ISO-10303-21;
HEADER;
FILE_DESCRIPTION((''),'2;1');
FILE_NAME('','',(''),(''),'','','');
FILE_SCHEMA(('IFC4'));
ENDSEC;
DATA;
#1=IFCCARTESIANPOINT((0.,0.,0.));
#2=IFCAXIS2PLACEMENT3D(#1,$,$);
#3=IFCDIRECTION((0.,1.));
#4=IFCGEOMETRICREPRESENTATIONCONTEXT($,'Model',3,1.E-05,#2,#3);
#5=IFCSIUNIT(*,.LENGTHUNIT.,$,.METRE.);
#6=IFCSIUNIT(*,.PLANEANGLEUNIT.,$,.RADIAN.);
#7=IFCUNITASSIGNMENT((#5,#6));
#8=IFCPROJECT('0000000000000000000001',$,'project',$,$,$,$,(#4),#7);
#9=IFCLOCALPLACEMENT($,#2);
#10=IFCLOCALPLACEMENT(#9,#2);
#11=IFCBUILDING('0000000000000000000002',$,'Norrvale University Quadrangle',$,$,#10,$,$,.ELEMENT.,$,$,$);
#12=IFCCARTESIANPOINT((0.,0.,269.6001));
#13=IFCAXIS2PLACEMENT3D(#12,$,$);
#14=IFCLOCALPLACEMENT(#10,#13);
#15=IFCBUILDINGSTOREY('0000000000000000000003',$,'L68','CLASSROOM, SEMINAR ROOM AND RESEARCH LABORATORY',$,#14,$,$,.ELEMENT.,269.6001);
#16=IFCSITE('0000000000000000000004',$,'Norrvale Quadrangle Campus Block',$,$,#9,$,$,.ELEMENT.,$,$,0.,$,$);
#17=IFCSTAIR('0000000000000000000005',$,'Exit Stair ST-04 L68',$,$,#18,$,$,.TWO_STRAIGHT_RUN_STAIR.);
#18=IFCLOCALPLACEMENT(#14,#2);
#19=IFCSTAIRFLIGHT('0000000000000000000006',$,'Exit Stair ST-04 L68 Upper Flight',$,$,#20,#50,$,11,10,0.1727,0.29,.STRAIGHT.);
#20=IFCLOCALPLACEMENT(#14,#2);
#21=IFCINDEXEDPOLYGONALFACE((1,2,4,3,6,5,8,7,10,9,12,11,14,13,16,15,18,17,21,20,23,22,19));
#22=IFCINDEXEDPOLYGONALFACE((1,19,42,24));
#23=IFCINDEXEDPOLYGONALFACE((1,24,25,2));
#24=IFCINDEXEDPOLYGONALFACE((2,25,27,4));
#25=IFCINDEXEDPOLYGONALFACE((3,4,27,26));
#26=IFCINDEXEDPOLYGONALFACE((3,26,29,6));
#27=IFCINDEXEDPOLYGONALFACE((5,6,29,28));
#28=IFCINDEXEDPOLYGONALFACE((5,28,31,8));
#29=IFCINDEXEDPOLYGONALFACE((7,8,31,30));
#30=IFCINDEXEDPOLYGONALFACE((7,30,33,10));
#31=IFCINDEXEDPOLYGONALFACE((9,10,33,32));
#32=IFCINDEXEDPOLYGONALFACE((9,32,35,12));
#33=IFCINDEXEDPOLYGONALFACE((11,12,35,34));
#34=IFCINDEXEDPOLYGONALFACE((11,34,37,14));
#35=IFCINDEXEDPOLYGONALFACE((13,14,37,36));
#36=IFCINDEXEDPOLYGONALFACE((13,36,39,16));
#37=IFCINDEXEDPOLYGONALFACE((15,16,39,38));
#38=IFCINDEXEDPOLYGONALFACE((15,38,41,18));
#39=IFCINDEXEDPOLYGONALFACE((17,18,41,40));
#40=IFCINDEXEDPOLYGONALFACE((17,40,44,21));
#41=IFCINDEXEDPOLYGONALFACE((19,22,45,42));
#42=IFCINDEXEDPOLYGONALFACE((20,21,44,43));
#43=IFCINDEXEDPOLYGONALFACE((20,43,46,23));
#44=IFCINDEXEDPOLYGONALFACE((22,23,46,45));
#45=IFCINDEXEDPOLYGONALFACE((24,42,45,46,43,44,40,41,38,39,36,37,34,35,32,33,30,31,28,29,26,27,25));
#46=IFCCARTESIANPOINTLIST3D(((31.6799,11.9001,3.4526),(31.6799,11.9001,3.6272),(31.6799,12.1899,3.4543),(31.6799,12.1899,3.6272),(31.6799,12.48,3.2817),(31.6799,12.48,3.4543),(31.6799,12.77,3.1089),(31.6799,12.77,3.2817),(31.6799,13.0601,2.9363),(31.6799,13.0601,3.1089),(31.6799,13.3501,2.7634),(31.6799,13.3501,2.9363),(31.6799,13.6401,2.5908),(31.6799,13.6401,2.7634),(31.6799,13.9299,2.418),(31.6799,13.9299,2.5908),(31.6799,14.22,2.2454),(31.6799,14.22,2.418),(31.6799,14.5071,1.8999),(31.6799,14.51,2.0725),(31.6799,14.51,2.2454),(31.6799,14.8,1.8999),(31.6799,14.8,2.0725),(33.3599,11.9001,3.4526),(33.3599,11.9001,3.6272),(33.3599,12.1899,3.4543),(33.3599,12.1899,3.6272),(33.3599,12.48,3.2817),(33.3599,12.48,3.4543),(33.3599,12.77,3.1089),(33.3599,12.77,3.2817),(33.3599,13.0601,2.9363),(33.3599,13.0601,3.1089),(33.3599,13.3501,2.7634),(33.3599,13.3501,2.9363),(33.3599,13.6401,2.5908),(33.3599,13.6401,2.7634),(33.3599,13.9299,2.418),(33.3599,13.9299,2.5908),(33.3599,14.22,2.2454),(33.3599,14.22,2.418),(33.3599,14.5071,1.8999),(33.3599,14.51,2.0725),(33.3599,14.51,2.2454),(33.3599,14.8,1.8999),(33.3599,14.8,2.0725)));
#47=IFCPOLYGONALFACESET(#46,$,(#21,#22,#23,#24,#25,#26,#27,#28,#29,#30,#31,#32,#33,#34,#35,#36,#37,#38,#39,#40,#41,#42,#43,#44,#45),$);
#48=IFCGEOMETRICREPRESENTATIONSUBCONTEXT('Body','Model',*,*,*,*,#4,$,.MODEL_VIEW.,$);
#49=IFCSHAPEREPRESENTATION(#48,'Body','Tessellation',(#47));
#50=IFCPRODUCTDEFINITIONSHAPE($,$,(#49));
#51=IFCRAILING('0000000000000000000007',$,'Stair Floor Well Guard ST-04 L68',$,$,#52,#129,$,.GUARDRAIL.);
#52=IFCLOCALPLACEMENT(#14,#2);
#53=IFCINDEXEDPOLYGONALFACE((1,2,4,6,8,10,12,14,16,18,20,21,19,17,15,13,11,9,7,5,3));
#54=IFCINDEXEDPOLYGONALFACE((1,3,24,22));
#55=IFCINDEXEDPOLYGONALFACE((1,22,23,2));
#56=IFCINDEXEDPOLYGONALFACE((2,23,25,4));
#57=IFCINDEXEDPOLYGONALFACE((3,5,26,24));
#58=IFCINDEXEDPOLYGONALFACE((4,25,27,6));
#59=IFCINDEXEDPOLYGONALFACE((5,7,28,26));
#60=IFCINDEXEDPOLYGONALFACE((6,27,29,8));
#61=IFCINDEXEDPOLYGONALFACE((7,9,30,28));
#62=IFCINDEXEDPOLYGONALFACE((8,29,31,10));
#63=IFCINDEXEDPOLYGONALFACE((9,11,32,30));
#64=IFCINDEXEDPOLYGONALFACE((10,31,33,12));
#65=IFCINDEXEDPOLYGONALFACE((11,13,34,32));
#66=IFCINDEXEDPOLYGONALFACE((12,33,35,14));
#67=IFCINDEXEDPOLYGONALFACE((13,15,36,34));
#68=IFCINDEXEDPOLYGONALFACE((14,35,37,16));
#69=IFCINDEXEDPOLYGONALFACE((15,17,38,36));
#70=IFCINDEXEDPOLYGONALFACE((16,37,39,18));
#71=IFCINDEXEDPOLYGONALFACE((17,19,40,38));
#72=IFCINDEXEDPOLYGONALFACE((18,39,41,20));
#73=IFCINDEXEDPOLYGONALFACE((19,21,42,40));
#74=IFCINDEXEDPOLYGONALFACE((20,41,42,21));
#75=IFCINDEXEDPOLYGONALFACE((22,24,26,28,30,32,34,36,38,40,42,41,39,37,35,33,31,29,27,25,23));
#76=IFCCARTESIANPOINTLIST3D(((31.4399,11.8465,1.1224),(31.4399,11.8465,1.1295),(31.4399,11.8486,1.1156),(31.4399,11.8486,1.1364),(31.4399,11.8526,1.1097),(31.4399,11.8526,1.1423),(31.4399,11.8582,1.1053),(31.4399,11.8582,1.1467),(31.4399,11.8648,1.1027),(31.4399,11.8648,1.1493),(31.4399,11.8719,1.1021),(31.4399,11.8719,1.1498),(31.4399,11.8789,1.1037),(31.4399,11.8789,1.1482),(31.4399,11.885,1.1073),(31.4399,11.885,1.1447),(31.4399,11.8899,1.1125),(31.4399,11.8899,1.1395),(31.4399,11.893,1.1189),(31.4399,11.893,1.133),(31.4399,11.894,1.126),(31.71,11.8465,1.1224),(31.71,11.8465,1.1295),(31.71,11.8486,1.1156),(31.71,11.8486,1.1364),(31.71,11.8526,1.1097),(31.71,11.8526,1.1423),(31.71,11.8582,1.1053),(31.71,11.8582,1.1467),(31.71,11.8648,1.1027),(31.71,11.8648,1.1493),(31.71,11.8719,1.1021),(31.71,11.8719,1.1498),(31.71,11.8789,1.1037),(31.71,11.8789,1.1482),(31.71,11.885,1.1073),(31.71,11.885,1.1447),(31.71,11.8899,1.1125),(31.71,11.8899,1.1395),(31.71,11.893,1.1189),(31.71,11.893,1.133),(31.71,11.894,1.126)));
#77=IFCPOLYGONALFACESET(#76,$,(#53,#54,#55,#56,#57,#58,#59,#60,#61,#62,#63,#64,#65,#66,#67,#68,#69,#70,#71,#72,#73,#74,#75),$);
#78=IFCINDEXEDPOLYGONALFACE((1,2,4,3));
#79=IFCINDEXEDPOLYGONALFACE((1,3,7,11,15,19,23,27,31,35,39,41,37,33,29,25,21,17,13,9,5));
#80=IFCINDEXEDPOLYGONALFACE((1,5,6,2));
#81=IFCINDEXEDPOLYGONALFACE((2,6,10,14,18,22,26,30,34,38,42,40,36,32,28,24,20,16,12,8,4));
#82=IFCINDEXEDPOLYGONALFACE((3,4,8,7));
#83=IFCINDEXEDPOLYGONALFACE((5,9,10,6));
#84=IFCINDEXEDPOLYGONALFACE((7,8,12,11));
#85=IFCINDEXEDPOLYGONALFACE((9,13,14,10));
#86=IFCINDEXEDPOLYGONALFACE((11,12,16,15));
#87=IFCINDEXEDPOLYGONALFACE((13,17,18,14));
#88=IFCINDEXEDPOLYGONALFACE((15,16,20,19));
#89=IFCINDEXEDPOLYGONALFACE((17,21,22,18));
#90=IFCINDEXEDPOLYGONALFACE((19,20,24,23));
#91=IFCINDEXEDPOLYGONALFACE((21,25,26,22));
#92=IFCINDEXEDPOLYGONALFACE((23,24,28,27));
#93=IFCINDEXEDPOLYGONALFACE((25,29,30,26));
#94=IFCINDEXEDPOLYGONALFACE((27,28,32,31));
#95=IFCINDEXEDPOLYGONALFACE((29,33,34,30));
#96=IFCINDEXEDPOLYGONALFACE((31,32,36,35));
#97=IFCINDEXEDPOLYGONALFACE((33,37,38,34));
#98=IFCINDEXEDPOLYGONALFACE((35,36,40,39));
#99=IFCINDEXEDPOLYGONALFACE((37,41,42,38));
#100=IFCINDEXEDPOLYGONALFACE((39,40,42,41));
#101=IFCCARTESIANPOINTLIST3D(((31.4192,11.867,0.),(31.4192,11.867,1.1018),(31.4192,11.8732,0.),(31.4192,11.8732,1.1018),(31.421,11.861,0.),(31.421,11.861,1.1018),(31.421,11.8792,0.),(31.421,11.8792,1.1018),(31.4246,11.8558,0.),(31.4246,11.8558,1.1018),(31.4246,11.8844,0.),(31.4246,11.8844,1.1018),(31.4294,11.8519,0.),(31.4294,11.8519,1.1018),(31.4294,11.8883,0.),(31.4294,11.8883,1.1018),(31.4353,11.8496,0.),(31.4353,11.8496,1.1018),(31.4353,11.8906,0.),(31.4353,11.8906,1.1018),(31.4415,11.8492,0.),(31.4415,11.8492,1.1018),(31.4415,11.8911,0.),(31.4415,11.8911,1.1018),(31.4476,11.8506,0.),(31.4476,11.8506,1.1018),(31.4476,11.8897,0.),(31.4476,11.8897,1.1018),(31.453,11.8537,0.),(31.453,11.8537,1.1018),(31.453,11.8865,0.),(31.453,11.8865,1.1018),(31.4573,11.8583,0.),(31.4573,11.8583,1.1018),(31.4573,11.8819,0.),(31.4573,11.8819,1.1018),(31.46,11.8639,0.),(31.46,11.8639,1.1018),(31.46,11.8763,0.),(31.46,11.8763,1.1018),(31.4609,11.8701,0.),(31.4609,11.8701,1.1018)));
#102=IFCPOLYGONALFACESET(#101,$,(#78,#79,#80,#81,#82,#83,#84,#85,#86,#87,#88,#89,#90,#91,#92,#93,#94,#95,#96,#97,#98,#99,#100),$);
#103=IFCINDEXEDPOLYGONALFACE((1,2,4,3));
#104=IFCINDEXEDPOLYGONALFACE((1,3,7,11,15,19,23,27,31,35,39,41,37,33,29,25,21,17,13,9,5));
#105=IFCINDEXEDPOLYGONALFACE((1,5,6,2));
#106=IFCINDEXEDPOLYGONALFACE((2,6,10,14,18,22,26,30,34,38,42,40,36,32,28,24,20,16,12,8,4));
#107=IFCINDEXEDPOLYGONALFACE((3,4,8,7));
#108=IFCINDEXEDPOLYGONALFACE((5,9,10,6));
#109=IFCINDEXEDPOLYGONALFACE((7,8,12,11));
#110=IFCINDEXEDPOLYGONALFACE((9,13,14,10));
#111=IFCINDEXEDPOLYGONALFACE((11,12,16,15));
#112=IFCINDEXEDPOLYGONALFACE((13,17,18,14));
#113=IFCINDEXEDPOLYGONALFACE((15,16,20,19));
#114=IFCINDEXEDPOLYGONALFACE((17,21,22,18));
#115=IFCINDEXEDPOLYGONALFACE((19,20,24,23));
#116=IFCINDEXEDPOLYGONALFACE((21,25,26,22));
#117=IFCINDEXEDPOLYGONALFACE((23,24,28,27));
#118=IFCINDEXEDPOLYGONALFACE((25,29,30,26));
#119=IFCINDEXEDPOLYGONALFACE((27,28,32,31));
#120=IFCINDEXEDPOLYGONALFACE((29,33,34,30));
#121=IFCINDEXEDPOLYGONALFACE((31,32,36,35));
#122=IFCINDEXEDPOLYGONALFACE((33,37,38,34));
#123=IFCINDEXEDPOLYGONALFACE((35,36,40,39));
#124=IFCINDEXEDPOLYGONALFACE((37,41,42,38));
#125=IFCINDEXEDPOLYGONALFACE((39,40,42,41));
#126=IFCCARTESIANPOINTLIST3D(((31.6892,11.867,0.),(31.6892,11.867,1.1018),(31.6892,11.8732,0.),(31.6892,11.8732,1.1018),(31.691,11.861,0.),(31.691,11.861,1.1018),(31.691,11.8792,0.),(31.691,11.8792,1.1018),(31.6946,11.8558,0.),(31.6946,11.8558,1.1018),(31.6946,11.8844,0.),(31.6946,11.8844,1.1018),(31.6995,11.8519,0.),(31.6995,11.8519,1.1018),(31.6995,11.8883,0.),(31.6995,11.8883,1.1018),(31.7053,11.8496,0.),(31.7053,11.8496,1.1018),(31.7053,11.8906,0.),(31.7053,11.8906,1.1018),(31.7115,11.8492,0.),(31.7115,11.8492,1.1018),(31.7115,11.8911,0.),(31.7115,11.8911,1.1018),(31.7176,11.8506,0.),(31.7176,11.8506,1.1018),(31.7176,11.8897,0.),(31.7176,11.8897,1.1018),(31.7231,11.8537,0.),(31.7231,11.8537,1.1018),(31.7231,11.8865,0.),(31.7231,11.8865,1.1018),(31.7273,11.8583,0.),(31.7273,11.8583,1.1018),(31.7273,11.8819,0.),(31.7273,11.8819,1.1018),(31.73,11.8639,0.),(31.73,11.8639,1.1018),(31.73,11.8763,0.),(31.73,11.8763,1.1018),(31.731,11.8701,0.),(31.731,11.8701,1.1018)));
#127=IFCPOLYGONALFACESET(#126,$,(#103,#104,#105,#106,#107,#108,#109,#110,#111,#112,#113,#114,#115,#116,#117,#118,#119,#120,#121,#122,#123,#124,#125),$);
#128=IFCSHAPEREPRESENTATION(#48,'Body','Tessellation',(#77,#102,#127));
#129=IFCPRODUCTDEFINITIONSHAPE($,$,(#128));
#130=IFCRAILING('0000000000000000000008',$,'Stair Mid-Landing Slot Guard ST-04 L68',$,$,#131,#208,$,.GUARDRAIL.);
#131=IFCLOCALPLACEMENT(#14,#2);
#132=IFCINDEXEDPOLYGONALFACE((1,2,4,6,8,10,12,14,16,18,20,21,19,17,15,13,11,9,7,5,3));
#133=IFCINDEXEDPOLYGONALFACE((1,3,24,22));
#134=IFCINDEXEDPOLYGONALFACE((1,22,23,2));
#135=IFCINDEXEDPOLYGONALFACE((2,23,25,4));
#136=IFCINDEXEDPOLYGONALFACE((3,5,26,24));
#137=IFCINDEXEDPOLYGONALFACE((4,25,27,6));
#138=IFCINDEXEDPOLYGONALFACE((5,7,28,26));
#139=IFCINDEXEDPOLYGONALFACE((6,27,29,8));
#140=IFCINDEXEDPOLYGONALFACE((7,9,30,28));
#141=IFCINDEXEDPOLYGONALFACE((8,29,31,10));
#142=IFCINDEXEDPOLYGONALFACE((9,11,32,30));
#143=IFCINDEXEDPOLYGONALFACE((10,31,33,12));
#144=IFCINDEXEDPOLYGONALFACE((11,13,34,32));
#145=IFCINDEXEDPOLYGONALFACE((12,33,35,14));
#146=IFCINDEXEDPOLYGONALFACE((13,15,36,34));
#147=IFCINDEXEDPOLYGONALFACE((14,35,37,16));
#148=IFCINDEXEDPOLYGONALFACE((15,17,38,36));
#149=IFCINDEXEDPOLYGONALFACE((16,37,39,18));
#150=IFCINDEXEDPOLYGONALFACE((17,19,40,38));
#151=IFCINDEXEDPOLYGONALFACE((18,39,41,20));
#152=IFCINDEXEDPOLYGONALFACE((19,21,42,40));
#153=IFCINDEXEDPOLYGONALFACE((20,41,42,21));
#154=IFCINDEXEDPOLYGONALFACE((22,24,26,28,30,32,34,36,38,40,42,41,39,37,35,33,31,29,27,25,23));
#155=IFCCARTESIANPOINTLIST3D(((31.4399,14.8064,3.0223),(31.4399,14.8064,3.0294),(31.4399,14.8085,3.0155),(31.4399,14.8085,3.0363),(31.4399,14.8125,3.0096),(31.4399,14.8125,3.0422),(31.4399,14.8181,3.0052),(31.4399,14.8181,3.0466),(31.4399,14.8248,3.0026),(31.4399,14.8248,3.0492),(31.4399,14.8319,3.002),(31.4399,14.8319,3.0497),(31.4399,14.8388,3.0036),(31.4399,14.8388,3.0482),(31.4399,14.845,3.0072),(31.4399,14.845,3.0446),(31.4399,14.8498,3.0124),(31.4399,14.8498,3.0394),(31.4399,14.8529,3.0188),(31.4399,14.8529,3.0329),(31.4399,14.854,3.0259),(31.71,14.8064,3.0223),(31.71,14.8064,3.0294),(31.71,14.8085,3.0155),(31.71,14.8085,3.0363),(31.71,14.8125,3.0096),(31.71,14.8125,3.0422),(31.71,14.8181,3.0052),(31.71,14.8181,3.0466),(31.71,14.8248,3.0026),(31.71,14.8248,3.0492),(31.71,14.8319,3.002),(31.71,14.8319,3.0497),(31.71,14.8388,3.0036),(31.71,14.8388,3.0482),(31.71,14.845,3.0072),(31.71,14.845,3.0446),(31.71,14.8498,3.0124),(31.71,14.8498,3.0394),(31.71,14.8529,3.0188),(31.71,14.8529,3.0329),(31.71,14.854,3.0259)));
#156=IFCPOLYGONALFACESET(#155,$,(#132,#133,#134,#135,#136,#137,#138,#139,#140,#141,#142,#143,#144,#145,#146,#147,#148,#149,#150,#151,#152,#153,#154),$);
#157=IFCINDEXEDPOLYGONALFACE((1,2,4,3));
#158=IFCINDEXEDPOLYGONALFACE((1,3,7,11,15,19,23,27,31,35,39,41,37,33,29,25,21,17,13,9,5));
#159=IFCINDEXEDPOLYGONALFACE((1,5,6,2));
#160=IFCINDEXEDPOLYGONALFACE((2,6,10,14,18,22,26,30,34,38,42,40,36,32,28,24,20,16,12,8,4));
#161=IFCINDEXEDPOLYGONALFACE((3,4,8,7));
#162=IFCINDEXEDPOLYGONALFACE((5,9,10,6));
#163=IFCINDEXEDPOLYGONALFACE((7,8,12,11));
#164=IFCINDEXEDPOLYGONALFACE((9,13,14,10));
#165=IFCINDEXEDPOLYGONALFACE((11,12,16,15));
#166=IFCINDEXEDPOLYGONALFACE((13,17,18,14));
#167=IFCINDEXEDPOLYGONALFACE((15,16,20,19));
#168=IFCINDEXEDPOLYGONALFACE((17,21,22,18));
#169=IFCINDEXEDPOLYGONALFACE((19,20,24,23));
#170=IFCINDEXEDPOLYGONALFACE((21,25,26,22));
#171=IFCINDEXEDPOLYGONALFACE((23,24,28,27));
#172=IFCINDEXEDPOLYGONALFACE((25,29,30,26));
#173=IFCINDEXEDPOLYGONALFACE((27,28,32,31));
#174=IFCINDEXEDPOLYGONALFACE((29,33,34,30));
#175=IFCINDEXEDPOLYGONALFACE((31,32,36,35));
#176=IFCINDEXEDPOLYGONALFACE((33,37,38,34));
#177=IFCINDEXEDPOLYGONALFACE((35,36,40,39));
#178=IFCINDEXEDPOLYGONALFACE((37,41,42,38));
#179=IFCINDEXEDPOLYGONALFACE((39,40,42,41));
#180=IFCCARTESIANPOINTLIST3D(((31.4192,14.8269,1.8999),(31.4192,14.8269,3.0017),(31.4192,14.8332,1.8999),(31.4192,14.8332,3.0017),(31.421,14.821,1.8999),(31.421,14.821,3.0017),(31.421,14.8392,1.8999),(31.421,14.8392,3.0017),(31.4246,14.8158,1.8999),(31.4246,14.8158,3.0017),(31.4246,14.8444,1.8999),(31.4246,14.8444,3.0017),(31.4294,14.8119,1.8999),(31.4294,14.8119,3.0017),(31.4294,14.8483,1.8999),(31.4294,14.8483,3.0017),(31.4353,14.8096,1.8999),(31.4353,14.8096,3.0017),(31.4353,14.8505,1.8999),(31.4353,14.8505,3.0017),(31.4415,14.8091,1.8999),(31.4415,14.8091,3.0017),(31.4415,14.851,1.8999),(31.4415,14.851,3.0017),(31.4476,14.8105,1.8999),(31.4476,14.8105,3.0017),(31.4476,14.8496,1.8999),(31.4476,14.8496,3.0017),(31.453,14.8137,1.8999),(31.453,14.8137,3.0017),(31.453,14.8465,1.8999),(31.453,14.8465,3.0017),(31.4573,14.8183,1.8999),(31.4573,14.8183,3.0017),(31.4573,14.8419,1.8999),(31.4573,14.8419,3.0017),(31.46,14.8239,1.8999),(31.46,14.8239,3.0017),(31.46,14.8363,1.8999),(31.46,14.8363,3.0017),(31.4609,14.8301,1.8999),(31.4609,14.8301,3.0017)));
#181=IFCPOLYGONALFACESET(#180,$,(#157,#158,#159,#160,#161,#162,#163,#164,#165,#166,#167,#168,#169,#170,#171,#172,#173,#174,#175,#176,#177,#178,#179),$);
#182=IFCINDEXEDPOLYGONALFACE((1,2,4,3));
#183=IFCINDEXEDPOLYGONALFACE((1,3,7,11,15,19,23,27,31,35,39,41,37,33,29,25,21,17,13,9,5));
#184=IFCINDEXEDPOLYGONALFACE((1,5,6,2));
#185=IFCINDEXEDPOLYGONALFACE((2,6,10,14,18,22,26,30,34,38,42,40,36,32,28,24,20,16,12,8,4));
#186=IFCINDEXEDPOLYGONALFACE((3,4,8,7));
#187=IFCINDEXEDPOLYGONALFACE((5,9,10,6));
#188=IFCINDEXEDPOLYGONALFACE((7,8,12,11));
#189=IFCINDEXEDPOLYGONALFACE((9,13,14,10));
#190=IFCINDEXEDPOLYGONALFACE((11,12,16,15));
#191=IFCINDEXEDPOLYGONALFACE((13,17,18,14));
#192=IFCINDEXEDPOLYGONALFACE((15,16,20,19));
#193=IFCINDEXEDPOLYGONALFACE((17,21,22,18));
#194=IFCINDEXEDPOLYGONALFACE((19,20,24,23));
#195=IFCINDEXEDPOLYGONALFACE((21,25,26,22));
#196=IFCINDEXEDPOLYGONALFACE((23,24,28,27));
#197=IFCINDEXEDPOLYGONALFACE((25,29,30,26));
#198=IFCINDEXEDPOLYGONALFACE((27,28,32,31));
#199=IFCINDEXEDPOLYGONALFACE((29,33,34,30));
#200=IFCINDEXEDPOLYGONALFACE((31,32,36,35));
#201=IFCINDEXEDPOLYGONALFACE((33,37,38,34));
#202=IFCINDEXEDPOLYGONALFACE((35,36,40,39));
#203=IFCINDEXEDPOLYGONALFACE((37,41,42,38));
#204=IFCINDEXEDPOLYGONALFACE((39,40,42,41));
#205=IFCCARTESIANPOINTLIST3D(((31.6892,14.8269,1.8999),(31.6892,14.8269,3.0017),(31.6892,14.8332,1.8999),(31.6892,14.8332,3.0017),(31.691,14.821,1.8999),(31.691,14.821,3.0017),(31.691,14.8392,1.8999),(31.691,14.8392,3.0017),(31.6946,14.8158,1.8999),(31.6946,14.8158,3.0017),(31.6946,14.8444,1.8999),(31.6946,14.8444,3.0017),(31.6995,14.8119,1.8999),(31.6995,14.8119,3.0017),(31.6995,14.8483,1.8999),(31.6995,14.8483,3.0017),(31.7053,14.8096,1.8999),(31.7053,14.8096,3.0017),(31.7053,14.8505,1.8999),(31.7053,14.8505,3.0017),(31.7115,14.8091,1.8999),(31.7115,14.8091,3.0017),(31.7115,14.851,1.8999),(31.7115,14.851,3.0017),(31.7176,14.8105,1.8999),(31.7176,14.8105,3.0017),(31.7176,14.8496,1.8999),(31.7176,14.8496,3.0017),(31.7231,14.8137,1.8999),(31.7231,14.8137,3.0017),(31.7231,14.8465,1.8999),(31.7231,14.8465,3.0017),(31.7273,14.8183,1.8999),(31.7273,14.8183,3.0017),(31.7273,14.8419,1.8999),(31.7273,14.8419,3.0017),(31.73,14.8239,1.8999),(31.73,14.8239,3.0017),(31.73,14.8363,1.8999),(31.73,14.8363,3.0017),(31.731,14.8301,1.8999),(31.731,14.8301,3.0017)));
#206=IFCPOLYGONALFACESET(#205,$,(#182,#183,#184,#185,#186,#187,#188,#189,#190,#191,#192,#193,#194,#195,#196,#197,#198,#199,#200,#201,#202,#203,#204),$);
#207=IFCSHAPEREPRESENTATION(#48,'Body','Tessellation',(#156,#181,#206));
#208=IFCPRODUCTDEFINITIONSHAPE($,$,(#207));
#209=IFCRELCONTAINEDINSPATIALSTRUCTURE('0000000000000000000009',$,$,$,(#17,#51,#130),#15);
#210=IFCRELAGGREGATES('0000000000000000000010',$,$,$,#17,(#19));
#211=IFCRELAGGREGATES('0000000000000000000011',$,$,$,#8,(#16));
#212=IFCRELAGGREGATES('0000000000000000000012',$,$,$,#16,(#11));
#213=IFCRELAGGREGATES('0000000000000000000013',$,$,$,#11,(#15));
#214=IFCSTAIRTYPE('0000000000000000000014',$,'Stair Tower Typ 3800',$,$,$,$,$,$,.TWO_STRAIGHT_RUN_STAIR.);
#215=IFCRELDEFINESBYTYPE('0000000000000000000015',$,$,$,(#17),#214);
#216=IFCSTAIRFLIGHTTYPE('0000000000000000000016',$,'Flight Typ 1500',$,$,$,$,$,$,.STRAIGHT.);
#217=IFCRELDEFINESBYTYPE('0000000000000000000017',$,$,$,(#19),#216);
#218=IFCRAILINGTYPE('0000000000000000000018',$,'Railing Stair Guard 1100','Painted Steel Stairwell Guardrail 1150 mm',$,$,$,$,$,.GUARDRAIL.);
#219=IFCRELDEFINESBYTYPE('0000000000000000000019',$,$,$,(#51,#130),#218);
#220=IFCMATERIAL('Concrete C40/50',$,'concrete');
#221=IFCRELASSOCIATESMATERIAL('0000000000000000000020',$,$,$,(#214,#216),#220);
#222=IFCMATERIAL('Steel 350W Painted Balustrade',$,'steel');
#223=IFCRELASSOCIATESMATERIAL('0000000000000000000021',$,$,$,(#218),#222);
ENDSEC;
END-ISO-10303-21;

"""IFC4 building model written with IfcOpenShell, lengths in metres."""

from ifc_helpers import new_model, si_unit, direction, frame, origin, origin_2d, place, context, subcontext, project, spatial, polyline, circle, outline, extrude, material, type_object, element, aggregate, save


model = new_model("IFC4")

# Units and contexts
model_context = context("Model", 3, precision=1e-05, world=origin(), true_north=direction((0.0, 1.0)))
body_context = subcontext(model_context, "Body", "Model", "MODEL_VIEW")
ifc_project = project(units=[si_unit("LENGTHUNIT", "METRE"), si_unit("PLANEANGLEUNIT", "RADIAN")], contexts=[model_context])

# Site, building, storey
site_placement = place(None, origin())
site = spatial("IfcSite", under=ifc_project, at=site_placement, Name="Norrvale Quadrangle Campus Block", CompositionType="ELEMENT", RefElevation=0.0)
building_placement = place(site_placement, origin())
building = spatial("IfcBuilding", under=site, at=building_placement, Name="Norrvale University Quadrangle", CompositionType="ELEMENT")
storey_placement = place(building_placement, frame((0.0, 0.0, 269.6001)))
storey = spatial("IfcBuildingStorey", under=building, at=storey_placement, Name="L68", Description="CLASSROOM, SEMINAR ROOM AND RESEARCH LABORATORY", CompositionType="ELEMENT", Elevation=269.6001)

# Stair, stair flight
ifc_material_1 = material(Name="Concrete C40/50", Category="concrete")
stair_type = type_object("IfcStairType", Name="Stair Tower Typ 3800", PredefinedType="TWO_STRAIGHT_RUN_STAIR", material=ifc_material_1)
stair_placement = place(storey_placement, origin())
stair = element("IfcStair", 1, at=stair_placement, inside=storey, type_object=stair_type, Name="Exit Stair ST-04 L68", PredefinedType="TWO_STRAIGHT_RUN_STAIR")
stair_flight_type = type_object("IfcStairFlightType", Name="Flight Typ 1500", PredefinedType="STRAIGHT", material=ifc_material_1)
stair_flight_1_placement = place(storey_placement, frame((32.52, 14.8, 1.8999), z_axis=(0.0, 0.0, 1.0), x_axis=(0.0, -1.0, 0.0)))
stair_flight_1 = element("IfcStairFlight", 2, at=stair_flight_1_placement, type_object=stair_flight_type, Name="Exit Stair ST-04 L68 Upper Flight", NumberOfRisers=11, NumberOfTreads=10, PredefinedType="STRAIGHT", RiserHeight=0.1727, TreadLength=0.29, context=body_context, shape_type="SweptSolid", body=[
    extrude(outline(polyline([(0.0, 0.0), (0.0, 0.1726), (0.29, 0.1726), (0.29, 0.3455), (0.5801, 0.3455), (0.5801, 0.5181), (0.8701, 0.5181), (0.8701, 0.6909), (1.1599, 0.6909), (1.1599, 0.8635), (1.45, 0.8635), (1.45, 1.0364), (1.74, 1.0364), (1.74, 1.209), (2.03, 1.209), (2.03, 1.3818), (2.3201, 1.3818), (2.3201, 1.5544), (2.6101, 1.5544), (2.6101, 1.7273), (2.8999, 1.7273), (2.8999, 1.8999), (2.8999, 1.5527), (0.293, 0.0), (0.0, 0.0)])), frame((0.0, 0.8398, 0.0), z_axis=(0.0, -1.0, 0.0), x_axis=(1.0, 0.0, 0.0)), (0.0, 0.0, 1.0), 1.6799),
])
aggregate(stair, [stair_flight_1])

# Railings
ifc_material_2 = material(Name="Steel 350W Painted Balustrade", Category="steel")
railing_type_1 = type_object("IfcRailingType", Name="Railing Stair Guard 1100", Description="Painted Steel Stairwell Guardrail 1150 mm", PredefinedType="GUARDRAIL", material=ifc_material_2)
for number, where, name in (
    (3, (31.4399, 11.8701, 0.0), "Stair Floor Well Guard ST-04 L68"),
    (4, (31.4399, 14.8301, 1.8999), "Stair Mid-Landing Slot Guard ST-04 L68"),
):
    element("IfcRailing", number, at=place(storey_placement, frame(where)), inside=storey, type_object=railing_type_1, Name=name, PredefinedType="GUARDRAIL", context=body_context, shape_type="SweptSolid", body=[
        extrude(circle(Radius=0.0239, at=origin_2d()), frame((0.0, 0.0, 1.126), z_axis=(1.0, 0.0, 0.0), x_axis=(0.0, 1.0, 0.0)), (0.0, 0.0, 1.0), 0.27),
        extrude(circle(Radius=0.021, at=origin_2d()), origin(), (0.0, 0.0, 1.0), 1.1018),
        extrude(circle(Radius=0.021, at=origin_2d()), frame((0.27, 0.0, 0.0)), (0.0, 0.0, 1.0), 1.1018),
    ])

save(model, "model.ifc")
